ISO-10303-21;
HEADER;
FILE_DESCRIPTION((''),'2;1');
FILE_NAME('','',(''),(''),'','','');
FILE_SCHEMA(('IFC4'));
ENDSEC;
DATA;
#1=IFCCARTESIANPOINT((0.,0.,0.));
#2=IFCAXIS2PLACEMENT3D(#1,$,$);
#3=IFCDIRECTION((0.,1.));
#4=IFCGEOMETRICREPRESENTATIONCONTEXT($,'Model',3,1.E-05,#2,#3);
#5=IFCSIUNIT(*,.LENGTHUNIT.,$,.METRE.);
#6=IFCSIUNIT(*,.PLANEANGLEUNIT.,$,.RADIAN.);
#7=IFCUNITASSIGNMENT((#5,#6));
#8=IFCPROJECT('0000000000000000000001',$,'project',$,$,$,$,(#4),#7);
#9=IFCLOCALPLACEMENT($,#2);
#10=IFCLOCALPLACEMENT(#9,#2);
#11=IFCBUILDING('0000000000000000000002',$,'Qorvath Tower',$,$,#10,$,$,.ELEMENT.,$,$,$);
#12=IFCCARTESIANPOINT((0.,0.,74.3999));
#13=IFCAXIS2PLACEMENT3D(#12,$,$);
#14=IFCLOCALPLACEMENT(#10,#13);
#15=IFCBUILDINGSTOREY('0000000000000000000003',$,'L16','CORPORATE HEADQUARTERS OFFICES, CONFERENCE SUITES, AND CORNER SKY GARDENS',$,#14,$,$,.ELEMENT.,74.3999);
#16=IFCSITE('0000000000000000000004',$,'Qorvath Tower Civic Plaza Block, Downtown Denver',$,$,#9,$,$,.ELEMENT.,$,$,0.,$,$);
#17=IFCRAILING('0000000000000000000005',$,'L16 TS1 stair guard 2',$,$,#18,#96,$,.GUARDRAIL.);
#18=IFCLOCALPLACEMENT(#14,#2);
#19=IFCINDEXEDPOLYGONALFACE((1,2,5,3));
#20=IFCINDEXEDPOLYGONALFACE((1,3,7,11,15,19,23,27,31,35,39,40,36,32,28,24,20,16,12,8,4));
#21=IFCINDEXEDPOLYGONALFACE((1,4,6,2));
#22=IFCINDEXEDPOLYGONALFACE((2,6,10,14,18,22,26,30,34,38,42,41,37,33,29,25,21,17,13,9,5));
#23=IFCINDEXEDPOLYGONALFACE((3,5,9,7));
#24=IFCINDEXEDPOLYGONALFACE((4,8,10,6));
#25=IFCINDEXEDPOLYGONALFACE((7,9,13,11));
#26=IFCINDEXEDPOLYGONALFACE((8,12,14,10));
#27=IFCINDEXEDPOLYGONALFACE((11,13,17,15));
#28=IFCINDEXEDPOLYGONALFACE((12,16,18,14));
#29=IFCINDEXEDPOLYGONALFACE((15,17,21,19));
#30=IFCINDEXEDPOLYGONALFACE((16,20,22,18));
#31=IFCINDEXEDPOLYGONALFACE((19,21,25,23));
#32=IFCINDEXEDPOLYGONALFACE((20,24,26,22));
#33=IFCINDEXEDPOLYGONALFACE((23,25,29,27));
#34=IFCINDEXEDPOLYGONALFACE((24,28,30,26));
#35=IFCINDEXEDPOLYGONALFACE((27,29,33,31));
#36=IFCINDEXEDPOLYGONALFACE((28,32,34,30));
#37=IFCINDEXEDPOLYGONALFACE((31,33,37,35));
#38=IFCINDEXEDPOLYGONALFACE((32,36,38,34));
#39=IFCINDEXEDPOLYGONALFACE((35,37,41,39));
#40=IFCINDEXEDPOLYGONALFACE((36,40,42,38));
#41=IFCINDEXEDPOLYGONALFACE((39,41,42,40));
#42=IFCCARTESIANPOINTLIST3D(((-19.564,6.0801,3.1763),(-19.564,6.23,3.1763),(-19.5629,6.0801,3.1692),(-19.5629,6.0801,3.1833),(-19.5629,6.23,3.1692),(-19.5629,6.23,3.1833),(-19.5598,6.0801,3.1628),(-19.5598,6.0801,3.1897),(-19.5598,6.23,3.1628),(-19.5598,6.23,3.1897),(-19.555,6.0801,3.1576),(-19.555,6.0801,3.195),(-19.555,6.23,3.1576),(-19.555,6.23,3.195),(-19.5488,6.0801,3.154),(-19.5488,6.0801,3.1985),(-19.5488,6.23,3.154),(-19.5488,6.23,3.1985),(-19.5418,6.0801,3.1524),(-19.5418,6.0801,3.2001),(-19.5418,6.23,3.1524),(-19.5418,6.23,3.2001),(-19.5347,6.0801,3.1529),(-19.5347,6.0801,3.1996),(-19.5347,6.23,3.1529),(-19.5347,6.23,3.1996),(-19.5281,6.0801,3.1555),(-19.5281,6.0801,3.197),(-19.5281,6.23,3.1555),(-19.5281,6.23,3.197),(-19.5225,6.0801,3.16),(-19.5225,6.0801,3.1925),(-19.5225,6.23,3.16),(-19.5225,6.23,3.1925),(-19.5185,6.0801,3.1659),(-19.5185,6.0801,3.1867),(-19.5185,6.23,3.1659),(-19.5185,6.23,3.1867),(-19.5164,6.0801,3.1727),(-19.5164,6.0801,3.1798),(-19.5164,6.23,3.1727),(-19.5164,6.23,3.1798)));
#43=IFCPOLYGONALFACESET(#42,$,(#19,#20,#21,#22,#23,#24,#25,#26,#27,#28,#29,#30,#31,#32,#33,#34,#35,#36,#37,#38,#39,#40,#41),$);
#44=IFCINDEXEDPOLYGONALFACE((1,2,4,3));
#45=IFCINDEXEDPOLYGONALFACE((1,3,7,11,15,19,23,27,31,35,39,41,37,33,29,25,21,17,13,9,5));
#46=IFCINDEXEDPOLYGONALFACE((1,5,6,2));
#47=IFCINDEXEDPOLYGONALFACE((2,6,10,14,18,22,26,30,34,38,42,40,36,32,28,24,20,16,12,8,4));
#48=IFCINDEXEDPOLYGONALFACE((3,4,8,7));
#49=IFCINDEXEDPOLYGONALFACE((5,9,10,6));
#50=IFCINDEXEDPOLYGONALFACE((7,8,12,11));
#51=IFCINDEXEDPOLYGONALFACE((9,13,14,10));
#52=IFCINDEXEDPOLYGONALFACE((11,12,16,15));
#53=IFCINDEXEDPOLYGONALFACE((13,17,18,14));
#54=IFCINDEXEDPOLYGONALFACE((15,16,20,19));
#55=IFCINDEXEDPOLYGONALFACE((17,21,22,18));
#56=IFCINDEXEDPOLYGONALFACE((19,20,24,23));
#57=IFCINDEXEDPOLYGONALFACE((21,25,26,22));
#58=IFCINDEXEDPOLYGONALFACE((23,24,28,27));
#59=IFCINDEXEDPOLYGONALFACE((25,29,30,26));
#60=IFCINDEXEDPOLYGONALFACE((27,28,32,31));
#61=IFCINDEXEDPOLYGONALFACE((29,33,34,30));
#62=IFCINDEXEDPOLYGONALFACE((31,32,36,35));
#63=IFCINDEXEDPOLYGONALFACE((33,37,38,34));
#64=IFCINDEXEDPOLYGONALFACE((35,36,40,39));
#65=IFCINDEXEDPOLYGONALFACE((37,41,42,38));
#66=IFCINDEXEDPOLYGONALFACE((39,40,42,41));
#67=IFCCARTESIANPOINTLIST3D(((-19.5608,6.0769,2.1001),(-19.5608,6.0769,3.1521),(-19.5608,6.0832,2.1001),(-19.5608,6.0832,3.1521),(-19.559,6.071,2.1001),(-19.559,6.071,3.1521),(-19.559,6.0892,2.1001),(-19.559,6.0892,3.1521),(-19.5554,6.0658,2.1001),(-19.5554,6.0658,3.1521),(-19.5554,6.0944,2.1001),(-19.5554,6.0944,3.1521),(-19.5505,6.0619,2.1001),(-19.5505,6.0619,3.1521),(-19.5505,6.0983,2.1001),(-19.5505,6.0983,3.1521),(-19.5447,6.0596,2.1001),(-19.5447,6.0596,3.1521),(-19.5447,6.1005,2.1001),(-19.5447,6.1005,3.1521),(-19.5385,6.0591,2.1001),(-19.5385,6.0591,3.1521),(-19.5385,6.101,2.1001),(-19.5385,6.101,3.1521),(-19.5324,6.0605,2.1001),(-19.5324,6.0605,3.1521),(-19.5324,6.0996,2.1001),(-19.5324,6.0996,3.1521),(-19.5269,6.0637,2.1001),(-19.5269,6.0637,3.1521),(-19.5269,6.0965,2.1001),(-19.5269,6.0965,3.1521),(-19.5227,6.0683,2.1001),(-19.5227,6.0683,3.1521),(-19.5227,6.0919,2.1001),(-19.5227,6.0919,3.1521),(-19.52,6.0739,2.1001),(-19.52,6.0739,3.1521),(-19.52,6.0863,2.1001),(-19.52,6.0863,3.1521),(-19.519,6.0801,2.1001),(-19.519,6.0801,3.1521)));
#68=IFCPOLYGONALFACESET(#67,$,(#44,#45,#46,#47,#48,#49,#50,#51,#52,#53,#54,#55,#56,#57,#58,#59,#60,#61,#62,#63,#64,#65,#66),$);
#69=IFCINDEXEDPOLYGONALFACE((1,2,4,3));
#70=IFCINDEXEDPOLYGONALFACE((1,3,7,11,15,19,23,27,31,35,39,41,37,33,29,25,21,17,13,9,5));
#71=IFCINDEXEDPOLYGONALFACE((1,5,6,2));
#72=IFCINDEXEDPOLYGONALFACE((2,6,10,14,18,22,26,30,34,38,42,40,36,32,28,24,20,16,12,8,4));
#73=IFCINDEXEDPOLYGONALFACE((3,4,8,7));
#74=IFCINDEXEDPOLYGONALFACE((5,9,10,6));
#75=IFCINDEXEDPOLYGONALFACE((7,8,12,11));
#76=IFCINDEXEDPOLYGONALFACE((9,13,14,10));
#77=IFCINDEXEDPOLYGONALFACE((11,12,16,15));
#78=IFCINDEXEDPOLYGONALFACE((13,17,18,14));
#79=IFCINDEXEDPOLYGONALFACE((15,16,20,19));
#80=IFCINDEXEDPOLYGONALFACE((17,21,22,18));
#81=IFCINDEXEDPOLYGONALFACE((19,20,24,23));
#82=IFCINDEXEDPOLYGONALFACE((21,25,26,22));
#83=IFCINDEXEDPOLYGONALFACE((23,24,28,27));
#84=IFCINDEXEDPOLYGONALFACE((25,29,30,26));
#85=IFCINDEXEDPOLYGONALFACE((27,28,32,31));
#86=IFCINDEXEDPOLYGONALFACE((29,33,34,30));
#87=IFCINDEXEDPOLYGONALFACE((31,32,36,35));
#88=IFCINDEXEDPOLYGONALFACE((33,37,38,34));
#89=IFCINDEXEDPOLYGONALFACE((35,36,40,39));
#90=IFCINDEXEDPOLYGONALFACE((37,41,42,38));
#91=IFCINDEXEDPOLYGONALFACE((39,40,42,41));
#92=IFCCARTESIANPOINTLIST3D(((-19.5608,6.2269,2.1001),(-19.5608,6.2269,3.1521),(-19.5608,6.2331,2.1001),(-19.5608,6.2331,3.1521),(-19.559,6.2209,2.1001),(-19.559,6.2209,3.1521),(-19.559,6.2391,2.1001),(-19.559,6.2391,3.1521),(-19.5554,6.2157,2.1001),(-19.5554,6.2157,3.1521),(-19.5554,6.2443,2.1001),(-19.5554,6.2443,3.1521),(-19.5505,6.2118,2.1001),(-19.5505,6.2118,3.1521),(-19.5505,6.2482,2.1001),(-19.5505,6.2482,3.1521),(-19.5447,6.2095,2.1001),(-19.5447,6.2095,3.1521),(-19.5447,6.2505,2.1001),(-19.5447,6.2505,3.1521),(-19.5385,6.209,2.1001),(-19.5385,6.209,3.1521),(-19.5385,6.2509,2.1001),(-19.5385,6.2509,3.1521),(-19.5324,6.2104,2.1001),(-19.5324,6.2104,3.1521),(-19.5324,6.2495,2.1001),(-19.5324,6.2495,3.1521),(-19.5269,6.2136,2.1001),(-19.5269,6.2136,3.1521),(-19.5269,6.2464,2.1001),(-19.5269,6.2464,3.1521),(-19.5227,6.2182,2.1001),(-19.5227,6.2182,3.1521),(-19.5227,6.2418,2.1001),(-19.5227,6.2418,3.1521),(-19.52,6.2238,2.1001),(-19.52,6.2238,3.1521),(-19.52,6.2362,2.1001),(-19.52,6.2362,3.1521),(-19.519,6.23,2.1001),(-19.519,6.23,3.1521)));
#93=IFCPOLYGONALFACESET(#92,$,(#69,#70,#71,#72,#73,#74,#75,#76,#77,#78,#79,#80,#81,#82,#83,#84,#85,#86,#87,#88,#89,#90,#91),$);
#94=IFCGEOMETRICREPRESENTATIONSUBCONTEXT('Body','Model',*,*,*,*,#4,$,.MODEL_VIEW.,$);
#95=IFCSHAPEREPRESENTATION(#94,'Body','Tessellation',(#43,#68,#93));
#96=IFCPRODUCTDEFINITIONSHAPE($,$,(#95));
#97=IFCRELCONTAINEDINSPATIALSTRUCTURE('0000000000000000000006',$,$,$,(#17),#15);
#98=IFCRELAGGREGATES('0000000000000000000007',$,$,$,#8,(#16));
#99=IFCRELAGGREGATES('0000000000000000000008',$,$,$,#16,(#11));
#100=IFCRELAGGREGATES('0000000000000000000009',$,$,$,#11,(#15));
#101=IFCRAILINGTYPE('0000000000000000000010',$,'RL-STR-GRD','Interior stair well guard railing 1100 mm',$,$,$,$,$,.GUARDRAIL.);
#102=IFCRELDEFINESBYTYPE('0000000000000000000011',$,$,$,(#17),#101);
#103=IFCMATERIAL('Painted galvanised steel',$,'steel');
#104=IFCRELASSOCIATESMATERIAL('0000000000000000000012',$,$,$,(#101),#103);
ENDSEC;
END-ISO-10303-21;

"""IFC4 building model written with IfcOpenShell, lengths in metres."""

from ifc_helpers import new_model, si_unit, direction, frame, origin, origin_2d, place, context, subcontext, project, spatial, circle, extrude, material, type_object, element, save


model = new_model("IFC4")

# Units and contexts
model_context = context("Model", 3, precision=1e-05, world=origin(), true_north=direction((0.0, 1.0)))
body_context = subcontext(model_context, "Body", "Model", "MODEL_VIEW")
ifc_project = project(units=[si_unit("LENGTHUNIT", "METRE"), si_unit("PLANEANGLEUNIT", "RADIAN")], contexts=[model_context])

# Site, building, storey
site_placement = place(None, origin())
site = spatial("IfcSite", under=ifc_project, at=site_placement, Name="Qorvath Tower Civic Plaza Block, Downtown Denver", CompositionType="ELEMENT", RefElevation=0.0)
building_placement = place(site_placement, origin())
building = spatial("IfcBuilding", under=site, at=building_placement, Name="Qorvath Tower", CompositionType="ELEMENT")
storey_placement = place(building_placement, frame((0.0, 0.0, 74.3999)))
storey = spatial("IfcBuildingStorey", under=building, at=storey_placement, Name="L16", Description="CORPORATE HEADQUARTERS OFFICES, CONFERENCE SUITES, AND CORNER SKY GARDENS", CompositionType="ELEMENT", Elevation=74.3999)

# Railing
ifc_material_1 = material(Name="Painted galvanised steel", Category="steel")
railing_type_1 = type_object("IfcRailingType", Name="RL-STR-GRD", Description="Interior stair well guard railing 1100 mm", PredefinedType="GUARDRAIL", material=ifc_material_1)
railing_1_placement = place(storey_placement, frame((-19.54, 6.0801, 2.1001)))
element("IfcRailing", 1, at=railing_1_placement, inside=storey, type_object=railing_type_1, Name="L16 TS1 stair guard 2", PredefinedType="GUARDRAIL", context=body_context, shape_type="SweptSolid", body=[
    extrude(circle(Radius=0.0239, at=origin_2d()), frame((0.0, 0.0, 1.0762), z_axis=(0.0, 1.0, 0.0), x_axis=(-1.0, 0.0, 0.0)), (0.0, 0.0, 1.0), 0.1499),
    extrude(circle(Radius=0.021, at=origin_2d()), origin(), (0.0, 0.0, 1.0), 1.052),
    extrude(circle(Radius=0.021, at=origin_2d()), frame((0.0, 0.1499, 0.0)), (0.0, 0.0, 1.0), 1.052),
])

save(model, "model.ifc")
